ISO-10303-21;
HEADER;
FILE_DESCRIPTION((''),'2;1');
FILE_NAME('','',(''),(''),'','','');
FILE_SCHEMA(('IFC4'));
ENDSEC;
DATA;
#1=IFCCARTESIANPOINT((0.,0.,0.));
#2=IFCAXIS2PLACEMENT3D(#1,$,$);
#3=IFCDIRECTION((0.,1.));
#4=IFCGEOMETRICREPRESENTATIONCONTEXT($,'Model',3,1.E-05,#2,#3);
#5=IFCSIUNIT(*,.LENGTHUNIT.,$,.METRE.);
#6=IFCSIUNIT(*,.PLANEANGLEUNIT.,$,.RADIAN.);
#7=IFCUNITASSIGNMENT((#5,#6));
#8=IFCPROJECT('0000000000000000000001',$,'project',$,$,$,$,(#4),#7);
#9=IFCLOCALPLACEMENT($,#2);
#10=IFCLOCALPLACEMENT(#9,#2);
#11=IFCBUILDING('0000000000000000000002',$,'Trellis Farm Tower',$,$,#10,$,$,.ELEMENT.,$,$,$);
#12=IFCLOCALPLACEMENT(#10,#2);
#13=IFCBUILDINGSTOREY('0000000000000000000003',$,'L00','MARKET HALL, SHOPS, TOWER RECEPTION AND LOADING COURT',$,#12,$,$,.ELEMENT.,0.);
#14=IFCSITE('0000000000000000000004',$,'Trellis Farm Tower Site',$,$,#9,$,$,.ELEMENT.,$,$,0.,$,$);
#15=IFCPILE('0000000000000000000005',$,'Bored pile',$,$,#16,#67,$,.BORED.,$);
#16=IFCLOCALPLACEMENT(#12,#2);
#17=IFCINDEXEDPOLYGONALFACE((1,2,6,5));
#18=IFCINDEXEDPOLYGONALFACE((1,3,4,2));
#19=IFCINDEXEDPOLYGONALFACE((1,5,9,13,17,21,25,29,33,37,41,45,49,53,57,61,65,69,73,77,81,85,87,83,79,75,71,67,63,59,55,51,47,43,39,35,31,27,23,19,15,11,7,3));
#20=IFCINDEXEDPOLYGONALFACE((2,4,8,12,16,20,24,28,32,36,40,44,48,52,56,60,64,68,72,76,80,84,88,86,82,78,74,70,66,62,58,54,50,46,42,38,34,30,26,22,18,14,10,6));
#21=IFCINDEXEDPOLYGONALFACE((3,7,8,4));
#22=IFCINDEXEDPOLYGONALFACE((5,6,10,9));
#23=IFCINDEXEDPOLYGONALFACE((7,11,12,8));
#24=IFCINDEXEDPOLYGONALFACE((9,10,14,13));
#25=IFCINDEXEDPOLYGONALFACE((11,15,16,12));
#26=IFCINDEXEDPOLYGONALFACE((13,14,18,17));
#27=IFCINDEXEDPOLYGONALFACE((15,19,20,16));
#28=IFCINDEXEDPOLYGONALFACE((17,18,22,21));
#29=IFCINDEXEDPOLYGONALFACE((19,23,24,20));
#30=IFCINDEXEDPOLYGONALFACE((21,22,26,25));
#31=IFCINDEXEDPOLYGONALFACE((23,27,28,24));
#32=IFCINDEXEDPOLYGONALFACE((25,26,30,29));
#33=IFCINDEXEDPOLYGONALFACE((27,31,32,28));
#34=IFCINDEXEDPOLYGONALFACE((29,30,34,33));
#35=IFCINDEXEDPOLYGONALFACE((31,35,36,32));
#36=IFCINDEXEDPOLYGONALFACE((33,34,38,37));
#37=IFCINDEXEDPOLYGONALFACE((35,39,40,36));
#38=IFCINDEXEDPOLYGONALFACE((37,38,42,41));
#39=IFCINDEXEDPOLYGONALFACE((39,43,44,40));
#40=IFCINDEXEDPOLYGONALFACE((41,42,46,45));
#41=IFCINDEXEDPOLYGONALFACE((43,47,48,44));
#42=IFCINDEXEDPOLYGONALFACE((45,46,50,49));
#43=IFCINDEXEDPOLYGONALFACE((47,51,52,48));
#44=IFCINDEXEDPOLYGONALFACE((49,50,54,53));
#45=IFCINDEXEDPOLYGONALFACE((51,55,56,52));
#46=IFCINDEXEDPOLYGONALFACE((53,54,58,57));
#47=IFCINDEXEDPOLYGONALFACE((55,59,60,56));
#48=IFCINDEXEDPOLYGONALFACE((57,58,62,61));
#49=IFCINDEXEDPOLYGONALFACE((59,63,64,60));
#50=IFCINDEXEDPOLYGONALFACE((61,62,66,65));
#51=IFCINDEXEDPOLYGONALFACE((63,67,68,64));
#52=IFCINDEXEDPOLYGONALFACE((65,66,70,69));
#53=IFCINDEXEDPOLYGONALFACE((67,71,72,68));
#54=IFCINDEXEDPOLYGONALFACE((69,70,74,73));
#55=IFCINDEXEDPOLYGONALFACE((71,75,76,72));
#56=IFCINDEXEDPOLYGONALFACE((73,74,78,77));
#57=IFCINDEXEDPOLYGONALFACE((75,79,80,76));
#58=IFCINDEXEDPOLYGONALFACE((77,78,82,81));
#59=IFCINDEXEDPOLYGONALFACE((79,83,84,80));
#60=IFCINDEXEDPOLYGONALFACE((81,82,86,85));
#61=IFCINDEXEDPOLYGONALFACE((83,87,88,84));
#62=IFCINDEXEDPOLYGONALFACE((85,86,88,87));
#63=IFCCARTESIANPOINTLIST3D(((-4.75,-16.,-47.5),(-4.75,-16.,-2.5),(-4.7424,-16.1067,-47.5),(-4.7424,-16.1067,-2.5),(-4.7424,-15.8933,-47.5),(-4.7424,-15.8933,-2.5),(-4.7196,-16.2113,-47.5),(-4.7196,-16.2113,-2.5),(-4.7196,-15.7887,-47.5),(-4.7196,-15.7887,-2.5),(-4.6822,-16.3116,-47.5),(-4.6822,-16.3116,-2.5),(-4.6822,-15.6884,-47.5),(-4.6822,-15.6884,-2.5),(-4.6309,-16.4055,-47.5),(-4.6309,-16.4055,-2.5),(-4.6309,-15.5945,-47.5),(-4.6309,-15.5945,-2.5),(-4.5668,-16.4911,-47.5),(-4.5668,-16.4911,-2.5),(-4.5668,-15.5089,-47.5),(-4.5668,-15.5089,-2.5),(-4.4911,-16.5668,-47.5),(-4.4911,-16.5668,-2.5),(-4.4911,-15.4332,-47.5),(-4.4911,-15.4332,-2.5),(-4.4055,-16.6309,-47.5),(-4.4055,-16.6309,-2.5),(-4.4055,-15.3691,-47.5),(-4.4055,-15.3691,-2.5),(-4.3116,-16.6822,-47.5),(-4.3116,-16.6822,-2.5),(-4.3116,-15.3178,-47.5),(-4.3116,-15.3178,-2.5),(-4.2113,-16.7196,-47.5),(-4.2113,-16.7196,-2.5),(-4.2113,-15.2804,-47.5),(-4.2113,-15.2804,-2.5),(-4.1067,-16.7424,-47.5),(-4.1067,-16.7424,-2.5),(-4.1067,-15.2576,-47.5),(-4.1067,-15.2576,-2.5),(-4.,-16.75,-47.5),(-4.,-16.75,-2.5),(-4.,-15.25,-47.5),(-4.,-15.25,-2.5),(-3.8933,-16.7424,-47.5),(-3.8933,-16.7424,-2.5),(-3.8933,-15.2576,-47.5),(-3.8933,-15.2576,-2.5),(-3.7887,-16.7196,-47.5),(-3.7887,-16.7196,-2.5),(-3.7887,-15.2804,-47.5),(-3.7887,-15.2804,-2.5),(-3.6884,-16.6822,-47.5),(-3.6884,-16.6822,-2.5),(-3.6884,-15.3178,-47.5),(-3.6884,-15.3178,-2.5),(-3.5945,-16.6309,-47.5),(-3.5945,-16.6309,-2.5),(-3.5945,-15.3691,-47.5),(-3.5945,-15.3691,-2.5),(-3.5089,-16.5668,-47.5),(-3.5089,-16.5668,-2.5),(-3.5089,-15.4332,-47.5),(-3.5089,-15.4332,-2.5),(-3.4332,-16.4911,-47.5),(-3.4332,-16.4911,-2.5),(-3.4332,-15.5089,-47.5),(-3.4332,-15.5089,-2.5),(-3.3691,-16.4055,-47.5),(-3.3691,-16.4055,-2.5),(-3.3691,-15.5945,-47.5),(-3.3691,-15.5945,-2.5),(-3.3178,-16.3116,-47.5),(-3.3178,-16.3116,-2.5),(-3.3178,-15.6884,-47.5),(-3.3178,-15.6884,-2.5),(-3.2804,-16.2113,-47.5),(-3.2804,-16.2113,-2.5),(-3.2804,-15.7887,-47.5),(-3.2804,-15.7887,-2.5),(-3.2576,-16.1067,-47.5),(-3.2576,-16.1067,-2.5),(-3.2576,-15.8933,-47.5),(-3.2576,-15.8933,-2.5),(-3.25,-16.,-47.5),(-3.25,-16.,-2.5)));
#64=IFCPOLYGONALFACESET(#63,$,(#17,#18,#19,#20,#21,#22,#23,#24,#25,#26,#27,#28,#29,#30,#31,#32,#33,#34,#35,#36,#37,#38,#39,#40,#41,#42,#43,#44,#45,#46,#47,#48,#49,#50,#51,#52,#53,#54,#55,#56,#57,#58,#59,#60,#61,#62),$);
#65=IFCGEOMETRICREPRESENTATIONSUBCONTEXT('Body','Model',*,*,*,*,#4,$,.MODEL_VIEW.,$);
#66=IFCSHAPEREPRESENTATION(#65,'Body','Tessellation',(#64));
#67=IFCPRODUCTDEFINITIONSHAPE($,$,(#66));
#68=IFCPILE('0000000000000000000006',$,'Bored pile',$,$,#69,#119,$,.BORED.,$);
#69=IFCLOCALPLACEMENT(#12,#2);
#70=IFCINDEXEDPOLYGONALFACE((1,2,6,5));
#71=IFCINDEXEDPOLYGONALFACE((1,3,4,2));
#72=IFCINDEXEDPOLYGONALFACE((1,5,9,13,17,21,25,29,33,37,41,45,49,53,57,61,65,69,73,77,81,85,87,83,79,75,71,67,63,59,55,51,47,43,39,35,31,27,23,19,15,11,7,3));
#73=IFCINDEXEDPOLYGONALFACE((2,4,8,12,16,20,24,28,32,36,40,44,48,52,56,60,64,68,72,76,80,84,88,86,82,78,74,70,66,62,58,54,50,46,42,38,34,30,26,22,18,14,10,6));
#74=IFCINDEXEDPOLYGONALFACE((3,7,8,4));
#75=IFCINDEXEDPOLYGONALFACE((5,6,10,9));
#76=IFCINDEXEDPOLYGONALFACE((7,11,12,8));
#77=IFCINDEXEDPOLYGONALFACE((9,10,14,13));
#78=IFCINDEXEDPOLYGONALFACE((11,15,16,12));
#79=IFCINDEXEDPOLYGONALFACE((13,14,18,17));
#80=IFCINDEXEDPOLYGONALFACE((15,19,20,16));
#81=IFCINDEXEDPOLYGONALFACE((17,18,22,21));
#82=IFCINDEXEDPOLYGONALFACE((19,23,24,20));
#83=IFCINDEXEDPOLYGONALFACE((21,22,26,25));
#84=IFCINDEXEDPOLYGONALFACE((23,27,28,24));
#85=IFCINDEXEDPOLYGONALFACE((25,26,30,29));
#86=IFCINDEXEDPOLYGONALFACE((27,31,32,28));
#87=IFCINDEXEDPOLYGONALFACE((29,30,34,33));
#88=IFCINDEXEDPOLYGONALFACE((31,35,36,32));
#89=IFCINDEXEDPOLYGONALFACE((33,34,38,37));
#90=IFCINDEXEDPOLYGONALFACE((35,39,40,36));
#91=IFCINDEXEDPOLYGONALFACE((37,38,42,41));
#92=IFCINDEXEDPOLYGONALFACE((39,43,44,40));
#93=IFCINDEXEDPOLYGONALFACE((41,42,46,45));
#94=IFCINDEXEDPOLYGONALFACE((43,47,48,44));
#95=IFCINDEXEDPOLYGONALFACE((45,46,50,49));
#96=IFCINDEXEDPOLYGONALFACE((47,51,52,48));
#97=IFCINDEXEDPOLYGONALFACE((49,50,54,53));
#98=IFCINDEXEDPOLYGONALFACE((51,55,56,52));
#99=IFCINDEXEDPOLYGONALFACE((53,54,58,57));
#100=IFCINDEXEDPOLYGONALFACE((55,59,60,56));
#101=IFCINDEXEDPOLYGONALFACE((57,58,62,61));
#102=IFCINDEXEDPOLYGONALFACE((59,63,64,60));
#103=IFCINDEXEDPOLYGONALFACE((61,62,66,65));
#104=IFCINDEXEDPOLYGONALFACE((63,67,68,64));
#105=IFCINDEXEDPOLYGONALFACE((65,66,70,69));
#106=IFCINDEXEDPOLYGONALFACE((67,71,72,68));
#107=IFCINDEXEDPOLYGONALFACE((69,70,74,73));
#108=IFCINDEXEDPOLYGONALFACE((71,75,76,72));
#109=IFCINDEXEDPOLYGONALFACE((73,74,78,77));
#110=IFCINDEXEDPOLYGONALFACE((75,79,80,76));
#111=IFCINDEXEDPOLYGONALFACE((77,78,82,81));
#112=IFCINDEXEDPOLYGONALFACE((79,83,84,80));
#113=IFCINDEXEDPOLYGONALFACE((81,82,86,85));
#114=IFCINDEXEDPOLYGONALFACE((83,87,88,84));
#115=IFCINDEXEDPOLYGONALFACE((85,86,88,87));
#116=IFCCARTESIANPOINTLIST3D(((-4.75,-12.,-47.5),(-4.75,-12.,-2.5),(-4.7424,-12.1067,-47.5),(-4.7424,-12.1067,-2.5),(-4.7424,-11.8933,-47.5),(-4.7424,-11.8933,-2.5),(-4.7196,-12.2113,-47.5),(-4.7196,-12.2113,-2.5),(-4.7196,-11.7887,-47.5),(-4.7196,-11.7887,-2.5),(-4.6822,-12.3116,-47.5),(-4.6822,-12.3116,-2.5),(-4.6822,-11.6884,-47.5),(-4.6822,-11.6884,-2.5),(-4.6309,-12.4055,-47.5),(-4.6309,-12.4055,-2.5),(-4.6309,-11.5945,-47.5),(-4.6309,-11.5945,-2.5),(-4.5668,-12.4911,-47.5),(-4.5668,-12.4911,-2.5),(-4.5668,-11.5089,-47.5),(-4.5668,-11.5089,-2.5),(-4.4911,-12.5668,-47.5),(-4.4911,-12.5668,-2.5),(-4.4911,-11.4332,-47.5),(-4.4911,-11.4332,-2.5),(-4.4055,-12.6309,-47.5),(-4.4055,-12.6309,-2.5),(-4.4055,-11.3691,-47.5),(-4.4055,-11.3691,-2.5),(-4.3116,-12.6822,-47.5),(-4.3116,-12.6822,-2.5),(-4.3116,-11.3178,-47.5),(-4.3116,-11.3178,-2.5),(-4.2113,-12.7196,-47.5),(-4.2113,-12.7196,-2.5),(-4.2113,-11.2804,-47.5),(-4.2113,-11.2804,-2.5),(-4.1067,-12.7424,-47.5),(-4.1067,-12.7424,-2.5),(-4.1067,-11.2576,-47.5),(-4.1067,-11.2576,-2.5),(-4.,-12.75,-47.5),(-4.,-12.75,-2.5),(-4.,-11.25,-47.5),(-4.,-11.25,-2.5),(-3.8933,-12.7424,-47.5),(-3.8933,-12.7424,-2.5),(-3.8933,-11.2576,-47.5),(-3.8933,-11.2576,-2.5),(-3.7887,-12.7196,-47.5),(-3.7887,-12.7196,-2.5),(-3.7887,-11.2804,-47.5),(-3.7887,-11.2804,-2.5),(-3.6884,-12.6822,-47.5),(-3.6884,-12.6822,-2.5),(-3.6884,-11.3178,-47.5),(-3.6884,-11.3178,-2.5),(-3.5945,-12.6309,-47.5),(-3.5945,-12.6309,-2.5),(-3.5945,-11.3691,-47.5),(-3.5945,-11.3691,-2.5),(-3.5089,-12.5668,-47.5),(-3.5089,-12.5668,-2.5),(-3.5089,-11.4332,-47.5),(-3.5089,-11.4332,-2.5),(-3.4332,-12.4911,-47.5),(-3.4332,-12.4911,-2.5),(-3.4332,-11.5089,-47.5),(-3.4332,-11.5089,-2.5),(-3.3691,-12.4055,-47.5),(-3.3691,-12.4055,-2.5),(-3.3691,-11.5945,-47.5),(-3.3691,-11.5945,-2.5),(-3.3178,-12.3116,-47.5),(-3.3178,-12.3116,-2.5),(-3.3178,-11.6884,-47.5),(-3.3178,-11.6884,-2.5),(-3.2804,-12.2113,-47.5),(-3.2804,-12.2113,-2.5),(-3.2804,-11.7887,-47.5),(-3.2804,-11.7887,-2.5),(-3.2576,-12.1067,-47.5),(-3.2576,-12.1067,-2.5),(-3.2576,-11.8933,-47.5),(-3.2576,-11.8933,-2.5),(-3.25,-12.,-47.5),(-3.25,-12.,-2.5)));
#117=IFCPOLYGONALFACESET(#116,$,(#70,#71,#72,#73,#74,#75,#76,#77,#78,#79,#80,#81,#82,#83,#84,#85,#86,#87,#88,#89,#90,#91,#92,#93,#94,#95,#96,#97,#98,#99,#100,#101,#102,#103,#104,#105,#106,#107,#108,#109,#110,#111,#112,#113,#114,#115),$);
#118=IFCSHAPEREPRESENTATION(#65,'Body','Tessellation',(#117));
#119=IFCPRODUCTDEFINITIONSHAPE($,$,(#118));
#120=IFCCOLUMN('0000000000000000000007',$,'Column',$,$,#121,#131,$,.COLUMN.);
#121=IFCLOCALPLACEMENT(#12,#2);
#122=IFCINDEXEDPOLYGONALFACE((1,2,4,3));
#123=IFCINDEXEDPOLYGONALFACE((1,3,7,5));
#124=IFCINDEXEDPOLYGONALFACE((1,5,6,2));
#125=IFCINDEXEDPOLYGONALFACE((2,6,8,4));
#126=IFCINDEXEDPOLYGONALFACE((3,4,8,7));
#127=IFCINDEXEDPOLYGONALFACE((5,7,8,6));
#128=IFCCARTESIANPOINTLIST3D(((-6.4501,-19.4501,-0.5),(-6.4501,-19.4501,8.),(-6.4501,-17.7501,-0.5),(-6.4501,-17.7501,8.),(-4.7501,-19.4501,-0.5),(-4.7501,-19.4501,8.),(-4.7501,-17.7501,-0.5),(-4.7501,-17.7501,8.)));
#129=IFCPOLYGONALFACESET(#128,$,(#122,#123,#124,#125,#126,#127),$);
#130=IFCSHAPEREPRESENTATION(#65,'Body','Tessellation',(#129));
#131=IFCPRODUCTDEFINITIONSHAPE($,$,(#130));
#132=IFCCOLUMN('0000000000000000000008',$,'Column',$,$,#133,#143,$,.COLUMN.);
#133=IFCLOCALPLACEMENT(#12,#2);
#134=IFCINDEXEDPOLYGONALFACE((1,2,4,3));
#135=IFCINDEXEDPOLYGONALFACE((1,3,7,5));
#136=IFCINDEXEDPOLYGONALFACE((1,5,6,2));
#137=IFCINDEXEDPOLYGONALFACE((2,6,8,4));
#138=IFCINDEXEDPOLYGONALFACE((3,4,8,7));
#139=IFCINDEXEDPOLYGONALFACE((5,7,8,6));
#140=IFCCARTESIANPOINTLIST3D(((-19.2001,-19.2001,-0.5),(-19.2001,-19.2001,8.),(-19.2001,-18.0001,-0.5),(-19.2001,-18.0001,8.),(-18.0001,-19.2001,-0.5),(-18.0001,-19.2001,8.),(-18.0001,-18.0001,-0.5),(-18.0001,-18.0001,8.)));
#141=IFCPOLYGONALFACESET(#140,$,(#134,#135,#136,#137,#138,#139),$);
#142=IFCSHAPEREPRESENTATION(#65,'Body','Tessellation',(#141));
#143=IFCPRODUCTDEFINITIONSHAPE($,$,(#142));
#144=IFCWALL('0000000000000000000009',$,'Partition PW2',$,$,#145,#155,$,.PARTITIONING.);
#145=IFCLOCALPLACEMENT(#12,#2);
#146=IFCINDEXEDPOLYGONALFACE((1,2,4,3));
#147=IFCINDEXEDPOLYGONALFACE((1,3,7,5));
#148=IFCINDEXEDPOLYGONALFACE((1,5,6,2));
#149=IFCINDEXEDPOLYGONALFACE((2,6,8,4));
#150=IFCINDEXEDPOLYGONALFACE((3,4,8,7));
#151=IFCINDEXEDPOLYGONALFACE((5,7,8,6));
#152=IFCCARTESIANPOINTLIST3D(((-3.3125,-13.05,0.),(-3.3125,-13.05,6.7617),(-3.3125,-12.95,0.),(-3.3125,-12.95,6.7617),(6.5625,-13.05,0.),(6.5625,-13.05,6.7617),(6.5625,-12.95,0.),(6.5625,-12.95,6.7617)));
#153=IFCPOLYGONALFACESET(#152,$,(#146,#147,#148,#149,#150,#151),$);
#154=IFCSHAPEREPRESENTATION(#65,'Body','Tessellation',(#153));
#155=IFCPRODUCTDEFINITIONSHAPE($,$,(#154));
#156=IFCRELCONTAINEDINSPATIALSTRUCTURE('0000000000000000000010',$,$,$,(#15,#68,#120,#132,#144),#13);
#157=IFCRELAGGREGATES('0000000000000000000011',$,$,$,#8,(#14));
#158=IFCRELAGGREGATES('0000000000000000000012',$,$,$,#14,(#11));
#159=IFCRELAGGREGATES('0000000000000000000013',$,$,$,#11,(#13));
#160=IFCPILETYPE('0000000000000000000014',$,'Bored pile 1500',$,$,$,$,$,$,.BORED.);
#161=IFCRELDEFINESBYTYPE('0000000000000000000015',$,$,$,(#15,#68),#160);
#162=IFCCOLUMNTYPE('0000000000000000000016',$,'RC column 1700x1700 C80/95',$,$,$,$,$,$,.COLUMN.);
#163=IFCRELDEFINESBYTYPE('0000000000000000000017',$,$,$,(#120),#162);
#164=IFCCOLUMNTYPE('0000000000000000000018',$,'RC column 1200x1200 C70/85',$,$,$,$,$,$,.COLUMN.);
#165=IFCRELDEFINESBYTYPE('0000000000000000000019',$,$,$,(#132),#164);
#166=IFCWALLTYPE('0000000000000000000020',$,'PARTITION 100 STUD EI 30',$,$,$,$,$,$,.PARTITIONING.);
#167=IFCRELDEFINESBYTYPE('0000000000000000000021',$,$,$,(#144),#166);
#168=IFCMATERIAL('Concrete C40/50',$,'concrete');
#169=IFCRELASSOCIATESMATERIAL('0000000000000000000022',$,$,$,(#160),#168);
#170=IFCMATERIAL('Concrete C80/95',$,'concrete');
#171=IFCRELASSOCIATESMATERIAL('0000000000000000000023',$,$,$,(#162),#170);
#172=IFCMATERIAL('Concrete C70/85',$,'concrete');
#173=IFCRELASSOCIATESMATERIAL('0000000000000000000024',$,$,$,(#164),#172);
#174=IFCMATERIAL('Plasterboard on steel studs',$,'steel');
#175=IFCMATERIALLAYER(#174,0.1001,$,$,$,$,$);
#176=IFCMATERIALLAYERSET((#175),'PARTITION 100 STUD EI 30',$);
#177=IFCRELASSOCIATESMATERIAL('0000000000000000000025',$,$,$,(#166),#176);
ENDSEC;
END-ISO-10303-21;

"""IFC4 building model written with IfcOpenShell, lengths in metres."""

from ifc_helpers import new_model, si_unit, direction, frame, frame_2d, origin, origin_2d, place, context, subcontext, project, spatial, rectangle, circle, extrude, source, transform, mapped, material, layer, layer_set, material_profile, profile_set, type_object, element, save


model = new_model("IFC4")

# Units and contexts
model_context = context("Model", 3, precision=1e-05, world=origin(), true_north=direction((0.0, 1.0)))
body_context = subcontext(model_context, "Body", "Model", "MODEL_VIEW")
ifc_project = project(units=[si_unit("LENGTHUNIT", "METRE"), si_unit("PLANEANGLEUNIT", "RADIAN")], contexts=[model_context])

# Site, building, storey
site_placement = place(None, origin())
site = spatial("IfcSite", under=ifc_project, at=site_placement, Name="Trellis Farm Tower Site", CompositionType="ELEMENT", RefElevation=0.0)
building_placement = place(site_placement, origin())
building = spatial("IfcBuilding", under=site, at=building_placement, Name="Trellis Farm Tower", CompositionType="ELEMENT")
storey_placement = place(building_placement, origin())
storey = spatial("IfcBuildingStorey", under=building, at=storey_placement, Name="L00", Description="MARKET HALL, SHOPS, TOWER RECEPTION AND LOADING COURT", CompositionType="ELEMENT", Elevation=0.0)

# Piles
ifc_material_1 = material(Name="Concrete C40/50", Category="concrete")
ifc_material_profile_1 = material_profile(ifc_material_1, circle(Radius=0.75, at=origin_2d()), Name="Bored pile 1500")
ifc_profile_set_1 = profile_set([ifc_material_profile_1], Name="Concrete C40/50")
pile_type = type_object("IfcPileType", Name="Bored pile 1500", PredefinedType="BORED", material=ifc_profile_set_1)
shared_shape_1 = source(origin(), body_context, "Body", "SweptSolid", [
    extrude(circle(Radius=0.75, at=origin_2d()), origin(), (0.0, 0.0, 1.0), 45.0),
])
for number, where, z_axis, x_axis, name in (
    (1, (-4.0, -16.0, -2.5), (0.0, 0.0, -1.0), (1.0, 0.0, 0.0), "Bored pile"),
    (2, (-4.0, -12.0, -2.5), (0.0, 0.0, -1.0), (1.0, 0.0, 0.0), "Bored pile"),
):
    element("IfcPile", number, at=place(storey_placement, frame(where, z_axis=z_axis, x_axis=x_axis)), inside=storey, type_object=pile_type, Name=name, PredefinedType="BORED", context=body_context, shape_type="MappedRepresentation", body=[
        mapped(shared_shape_1, transform((0.0, 0.0, 0.0))),
    ])

# Columns
ifc_material_2 = material(Name="Concrete C80/95", Category="concrete")
ifc_material_profile_2 = material_profile(ifc_material_2, rectangle(XDim=1.7, YDim=1.7, at=origin_2d()), Name="RC column 1700x1700 C80/95")
ifc_profile_set_2 = profile_set([ifc_material_profile_2], Name="Concrete C80/95")
column_type_1 = type_object("IfcColumnType", Name="RC column 1700x1700 C80/95", PredefinedType="COLUMN", material=ifc_profile_set_2)
shared_shape_2 = source(origin(), body_context, "Body", "SweptSolid", [
    extrude(rectangle(XDim=1.7, YDim=1.7, at=origin_2d()), origin(), (0.0, 0.0, 1.0), 8.5),
])
column_1_placement = place(storey_placement, frame((-5.6001, -18.6001, -0.5), z_axis=(0.0, 0.0, 1.0), x_axis=(1.0, 0.0, 0.0)))
element("IfcColumn", 3, at=column_1_placement, inside=storey, type_object=column_type_1, Name="Column", PredefinedType="COLUMN", context=body_context, shape_type="MappedRepresentation", body=[
    mapped(shared_shape_2, transform((0.0, 0.0, 0.0))),
])
ifc_material_3 = material(Name="Concrete C70/85", Category="concrete")
ifc_material_profile_3 = material_profile(ifc_material_3, rectangle(XDim=1.2, YDim=1.2, at=origin_2d()), Name="RC column 1200x1200 C70/85")
ifc_profile_set_3 = profile_set([ifc_material_profile_3], Name="Concrete C70/85")
column_type_2 = type_object("IfcColumnType", Name="RC column 1200x1200 C70/85", PredefinedType="COLUMN", material=ifc_profile_set_3)
shared_shape_3 = source(origin(), body_context, "Body", "SweptSolid", [
    extrude(rectangle(XDim=1.2, YDim=1.2, at=origin_2d()), origin(), (0.0, 0.0, 1.0), 8.5),
])
column_2_placement = place(storey_placement, frame((-18.6001, -18.6001, -0.5), z_axis=(0.0, 0.0, 1.0), x_axis=(1.0, 0.0, 0.0)))
element("IfcColumn", 4, at=column_2_placement, inside=storey, type_object=column_type_2, Name="Column", PredefinedType="COLUMN", context=body_context, shape_type="MappedRepresentation", body=[
    mapped(shared_shape_3, transform((0.0, 0.0, 0.0))),
])

# Wall
ifc_material_4 = material(Name="Plasterboard on steel studs", Category="steel")
ifc_layer_1 = layer(ifc_material_4, 0.1001)
ifc_layer_set_1 = layer_set([ifc_layer_1], Name="PARTITION 100 STUD EI 30")
wall_type_1 = type_object("IfcWallType", Name="PARTITION 100 STUD EI 30", PredefinedType="PARTITIONING", material=ifc_layer_set_1)
wall_1_placement = place(storey_placement, frame((-3.3125, -13.0, 0.0), z_axis=(0.0, 0.0, 1.0), x_axis=(1.0, 0.0, 0.0)))
element("IfcWall", 5, at=wall_1_placement, inside=storey, type_object=wall_type_1, Name="Partition PW2", PredefinedType="PARTITIONING", context=body_context, shape_type="SweptSolid", body=[
    extrude(rectangle(XDim=9.875, YDim=0.1001, at=frame_2d((4.9375, 0.0))), origin(), (0.0, 0.0, 1.0), 6.7617),
])

save(model, "model.ifc")
